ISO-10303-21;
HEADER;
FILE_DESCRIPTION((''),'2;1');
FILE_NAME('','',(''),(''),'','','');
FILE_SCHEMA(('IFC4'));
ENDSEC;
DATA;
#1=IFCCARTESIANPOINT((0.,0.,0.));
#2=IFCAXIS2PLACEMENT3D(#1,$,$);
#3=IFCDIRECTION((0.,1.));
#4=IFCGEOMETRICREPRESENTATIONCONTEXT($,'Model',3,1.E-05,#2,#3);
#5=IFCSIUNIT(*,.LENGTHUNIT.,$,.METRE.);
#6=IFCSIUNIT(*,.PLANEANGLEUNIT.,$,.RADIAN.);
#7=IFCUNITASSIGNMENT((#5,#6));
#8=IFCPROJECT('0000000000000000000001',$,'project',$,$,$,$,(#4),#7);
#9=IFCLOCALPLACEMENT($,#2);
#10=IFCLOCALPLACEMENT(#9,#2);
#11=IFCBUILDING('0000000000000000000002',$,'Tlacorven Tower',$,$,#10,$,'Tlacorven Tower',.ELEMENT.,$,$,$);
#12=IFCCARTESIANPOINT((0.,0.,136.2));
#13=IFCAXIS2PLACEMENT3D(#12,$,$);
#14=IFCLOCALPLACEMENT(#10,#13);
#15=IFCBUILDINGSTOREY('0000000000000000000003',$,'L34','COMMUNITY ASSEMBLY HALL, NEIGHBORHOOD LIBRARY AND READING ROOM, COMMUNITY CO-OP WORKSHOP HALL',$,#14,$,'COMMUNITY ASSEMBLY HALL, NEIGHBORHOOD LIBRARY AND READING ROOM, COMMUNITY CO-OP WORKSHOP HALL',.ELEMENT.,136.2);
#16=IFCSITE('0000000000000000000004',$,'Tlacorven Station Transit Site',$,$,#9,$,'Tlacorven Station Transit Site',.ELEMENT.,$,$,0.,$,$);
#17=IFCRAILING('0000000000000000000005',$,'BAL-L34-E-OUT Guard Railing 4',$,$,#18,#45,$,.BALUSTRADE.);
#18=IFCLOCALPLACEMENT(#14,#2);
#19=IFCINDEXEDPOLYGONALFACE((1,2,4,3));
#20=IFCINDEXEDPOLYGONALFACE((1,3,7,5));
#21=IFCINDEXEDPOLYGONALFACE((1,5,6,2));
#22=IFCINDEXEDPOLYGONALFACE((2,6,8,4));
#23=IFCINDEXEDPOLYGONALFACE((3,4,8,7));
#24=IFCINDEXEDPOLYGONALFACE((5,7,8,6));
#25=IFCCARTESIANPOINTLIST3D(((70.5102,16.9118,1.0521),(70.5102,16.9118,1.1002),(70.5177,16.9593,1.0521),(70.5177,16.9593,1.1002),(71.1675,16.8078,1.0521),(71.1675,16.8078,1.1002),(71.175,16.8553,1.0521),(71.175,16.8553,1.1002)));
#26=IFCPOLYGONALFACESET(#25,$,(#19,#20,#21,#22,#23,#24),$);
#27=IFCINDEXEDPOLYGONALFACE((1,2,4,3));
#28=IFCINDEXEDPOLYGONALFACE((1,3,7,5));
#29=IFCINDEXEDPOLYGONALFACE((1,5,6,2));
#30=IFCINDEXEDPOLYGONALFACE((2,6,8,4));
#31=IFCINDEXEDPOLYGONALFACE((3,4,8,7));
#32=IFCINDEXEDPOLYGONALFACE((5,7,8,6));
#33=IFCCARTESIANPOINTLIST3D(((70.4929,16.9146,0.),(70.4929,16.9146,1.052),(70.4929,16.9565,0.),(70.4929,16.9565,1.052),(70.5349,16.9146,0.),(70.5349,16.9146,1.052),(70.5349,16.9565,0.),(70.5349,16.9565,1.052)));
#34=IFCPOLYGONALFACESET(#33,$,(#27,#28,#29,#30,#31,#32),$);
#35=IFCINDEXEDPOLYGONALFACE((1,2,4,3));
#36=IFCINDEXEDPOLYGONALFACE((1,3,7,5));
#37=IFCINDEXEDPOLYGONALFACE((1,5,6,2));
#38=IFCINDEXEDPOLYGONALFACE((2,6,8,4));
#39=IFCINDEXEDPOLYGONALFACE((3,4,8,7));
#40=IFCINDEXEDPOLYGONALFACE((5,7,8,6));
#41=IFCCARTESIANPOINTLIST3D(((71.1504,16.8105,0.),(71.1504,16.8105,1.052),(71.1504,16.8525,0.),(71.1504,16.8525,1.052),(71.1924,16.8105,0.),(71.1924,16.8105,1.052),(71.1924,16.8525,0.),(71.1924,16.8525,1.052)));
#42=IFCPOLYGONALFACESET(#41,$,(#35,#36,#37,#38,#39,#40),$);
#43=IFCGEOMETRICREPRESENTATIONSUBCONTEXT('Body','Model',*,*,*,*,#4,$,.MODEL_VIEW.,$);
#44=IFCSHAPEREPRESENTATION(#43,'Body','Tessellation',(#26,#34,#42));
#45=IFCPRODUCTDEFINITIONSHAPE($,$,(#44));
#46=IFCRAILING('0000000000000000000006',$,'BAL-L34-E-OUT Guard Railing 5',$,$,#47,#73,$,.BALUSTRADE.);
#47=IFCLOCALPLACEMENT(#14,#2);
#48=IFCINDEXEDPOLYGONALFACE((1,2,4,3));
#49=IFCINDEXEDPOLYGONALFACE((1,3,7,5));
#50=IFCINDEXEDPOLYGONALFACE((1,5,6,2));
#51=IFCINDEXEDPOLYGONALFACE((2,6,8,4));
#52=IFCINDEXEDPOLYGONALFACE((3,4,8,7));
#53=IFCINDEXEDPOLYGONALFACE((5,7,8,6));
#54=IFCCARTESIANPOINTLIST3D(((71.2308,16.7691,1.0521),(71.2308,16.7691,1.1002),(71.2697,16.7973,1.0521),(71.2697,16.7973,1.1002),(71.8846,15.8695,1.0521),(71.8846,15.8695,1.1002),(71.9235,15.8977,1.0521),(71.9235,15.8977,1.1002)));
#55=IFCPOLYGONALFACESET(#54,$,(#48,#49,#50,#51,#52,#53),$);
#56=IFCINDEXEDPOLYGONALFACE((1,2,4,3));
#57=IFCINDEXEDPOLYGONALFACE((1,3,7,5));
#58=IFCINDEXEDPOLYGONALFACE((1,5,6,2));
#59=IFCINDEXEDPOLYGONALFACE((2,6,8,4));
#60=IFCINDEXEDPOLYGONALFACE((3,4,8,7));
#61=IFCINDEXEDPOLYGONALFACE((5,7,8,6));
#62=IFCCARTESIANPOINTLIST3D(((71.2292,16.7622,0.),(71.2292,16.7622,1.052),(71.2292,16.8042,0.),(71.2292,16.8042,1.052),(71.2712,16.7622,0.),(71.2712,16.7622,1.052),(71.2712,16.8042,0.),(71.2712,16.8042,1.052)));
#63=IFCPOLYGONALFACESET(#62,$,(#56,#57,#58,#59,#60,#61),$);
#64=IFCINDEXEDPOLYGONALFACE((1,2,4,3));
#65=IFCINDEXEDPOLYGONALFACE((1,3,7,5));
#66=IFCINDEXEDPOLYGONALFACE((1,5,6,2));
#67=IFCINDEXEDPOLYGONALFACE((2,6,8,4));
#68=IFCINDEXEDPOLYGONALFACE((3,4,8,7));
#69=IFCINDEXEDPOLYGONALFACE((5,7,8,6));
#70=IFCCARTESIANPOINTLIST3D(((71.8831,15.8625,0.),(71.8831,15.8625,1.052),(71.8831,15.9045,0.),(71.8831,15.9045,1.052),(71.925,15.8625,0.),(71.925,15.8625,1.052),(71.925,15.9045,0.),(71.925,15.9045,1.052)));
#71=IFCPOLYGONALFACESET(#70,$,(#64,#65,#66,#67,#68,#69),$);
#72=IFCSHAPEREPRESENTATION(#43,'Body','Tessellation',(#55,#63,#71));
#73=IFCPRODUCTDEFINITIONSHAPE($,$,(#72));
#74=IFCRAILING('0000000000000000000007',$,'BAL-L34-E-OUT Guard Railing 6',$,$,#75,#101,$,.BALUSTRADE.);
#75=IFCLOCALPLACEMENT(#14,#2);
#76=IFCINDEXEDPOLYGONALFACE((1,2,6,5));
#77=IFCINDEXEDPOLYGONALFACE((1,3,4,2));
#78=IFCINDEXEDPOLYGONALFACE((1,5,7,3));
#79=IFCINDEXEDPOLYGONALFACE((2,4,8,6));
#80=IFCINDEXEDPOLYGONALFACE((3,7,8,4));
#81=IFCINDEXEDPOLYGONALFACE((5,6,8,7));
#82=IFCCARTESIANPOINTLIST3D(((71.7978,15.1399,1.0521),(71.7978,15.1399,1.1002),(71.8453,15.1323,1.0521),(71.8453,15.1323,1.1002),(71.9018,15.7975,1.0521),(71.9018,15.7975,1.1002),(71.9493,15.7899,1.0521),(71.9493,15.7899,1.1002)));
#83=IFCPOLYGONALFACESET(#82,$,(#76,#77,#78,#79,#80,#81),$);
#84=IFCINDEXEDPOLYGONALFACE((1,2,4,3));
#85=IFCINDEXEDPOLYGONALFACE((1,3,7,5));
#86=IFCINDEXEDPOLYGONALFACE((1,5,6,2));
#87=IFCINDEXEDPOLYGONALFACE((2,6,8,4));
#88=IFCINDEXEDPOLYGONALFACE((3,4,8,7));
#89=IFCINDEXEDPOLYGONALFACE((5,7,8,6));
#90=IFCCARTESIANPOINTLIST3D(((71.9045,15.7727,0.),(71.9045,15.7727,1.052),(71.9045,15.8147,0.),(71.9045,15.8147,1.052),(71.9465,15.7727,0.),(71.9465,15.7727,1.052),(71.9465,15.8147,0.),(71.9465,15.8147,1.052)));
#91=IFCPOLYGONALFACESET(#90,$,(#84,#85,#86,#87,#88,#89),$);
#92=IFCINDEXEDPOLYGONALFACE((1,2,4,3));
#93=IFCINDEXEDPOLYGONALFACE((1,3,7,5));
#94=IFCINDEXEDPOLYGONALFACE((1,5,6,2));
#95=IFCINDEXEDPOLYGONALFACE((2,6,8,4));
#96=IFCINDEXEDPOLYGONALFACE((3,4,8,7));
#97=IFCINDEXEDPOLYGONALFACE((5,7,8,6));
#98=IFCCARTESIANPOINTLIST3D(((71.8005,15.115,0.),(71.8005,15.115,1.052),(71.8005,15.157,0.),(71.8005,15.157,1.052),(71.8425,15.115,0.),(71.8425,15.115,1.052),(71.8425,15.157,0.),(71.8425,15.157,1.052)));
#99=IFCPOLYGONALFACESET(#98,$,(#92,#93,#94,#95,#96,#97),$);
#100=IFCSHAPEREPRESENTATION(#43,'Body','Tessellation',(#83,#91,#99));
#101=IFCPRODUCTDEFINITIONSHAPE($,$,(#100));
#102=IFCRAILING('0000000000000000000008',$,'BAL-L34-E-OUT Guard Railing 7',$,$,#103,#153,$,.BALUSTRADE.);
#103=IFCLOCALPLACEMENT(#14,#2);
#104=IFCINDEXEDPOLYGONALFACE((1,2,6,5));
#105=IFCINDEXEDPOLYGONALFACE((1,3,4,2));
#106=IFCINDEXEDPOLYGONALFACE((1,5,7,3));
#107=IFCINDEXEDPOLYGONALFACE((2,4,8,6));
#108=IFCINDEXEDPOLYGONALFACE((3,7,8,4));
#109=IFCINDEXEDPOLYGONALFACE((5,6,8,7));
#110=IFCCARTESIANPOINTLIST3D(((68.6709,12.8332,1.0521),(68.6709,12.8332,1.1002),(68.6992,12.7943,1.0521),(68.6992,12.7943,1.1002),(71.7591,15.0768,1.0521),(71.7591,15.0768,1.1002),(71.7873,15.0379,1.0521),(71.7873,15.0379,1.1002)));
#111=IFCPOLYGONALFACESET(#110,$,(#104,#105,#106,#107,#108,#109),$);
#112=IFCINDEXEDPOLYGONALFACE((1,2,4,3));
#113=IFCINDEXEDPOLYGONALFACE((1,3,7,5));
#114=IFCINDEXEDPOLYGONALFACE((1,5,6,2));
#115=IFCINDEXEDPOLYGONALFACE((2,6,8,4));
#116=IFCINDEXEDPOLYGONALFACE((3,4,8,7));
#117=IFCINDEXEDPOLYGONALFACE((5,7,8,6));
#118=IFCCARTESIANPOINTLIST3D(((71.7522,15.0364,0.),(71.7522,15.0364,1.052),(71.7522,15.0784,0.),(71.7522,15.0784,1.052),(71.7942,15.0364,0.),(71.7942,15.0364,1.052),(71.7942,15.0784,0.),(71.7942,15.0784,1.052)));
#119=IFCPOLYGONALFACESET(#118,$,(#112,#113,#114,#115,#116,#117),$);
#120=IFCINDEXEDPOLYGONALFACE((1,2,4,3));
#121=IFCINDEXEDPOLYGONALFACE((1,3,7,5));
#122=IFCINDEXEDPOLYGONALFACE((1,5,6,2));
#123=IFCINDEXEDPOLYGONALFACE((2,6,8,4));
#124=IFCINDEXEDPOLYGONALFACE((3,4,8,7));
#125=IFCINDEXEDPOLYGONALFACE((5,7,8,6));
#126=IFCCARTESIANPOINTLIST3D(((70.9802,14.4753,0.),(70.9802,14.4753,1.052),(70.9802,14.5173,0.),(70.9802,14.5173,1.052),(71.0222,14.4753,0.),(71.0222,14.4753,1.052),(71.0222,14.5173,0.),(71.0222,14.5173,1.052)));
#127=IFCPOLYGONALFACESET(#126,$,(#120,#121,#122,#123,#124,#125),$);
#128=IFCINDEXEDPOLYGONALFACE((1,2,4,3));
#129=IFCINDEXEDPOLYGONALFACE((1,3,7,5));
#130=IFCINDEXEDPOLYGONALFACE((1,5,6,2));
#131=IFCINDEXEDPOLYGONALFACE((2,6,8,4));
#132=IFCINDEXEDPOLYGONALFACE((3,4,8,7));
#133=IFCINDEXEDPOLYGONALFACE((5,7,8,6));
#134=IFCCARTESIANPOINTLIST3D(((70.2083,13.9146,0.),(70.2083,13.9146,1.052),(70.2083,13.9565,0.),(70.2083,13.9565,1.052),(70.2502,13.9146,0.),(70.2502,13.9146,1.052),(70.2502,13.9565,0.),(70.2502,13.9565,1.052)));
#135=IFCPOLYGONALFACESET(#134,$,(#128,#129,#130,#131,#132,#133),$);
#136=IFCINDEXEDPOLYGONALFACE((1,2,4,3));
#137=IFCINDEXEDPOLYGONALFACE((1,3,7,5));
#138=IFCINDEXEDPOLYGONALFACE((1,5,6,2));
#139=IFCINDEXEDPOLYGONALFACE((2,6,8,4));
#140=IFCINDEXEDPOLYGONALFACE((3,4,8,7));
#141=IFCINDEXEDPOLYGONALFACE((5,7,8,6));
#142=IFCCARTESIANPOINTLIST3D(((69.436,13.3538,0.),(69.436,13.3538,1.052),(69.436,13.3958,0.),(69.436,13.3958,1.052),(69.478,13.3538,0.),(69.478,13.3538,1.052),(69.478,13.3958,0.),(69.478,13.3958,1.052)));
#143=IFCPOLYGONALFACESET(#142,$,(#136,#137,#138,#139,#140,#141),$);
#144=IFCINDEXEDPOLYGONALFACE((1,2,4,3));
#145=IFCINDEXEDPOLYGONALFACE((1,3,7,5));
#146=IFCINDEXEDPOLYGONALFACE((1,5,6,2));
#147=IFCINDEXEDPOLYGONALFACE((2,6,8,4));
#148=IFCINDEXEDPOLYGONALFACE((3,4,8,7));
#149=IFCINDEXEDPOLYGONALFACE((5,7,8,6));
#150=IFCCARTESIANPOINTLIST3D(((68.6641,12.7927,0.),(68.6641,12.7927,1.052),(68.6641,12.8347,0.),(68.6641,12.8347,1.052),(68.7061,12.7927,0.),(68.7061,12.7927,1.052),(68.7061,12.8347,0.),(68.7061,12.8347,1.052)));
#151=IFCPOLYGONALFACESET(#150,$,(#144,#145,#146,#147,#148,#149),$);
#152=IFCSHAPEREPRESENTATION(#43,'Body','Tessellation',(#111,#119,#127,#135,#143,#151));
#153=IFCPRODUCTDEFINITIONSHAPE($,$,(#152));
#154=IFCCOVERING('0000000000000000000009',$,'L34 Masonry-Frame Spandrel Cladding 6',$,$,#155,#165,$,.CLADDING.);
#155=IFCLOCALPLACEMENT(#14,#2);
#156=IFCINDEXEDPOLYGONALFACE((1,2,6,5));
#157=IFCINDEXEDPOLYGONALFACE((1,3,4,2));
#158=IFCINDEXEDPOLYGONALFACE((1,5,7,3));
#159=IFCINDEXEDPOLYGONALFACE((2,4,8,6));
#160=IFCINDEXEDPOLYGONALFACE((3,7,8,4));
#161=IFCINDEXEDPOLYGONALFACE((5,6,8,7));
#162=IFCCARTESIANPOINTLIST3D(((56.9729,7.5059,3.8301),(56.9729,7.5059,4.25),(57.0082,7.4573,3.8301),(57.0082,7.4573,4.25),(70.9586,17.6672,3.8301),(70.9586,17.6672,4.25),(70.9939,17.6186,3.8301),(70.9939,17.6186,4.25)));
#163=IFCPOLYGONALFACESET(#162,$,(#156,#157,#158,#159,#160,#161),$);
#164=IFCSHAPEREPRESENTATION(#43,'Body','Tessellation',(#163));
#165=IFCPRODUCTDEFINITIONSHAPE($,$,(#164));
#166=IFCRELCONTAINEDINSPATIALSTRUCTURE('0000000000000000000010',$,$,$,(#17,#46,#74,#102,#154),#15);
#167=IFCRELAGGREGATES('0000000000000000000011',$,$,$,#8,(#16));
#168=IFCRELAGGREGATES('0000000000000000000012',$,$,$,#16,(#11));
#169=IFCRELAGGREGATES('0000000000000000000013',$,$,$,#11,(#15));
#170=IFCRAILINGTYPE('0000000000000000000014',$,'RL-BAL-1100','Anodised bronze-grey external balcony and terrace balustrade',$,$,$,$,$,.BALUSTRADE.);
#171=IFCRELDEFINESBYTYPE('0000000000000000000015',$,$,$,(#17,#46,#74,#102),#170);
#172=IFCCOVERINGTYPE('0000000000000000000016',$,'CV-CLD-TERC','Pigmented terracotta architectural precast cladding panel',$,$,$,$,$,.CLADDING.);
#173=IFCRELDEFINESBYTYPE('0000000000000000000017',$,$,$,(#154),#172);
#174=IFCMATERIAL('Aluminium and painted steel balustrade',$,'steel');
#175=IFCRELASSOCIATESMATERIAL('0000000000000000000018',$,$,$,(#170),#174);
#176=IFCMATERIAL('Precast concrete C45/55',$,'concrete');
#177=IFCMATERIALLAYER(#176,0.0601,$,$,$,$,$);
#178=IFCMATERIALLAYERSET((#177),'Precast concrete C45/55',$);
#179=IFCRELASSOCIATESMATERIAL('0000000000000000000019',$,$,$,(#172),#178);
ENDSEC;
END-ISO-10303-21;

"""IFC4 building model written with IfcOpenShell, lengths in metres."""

from ifc_helpers import new_model, si_unit, direction, frame, origin, origin_2d, place, context, subcontext, project, spatial, rectangle, extrude, source, transform, mapped, material, layer, layer_set, type_object, element, save


model = new_model("IFC4")

# Units and contexts
model_context = context("Model", 3, precision=1e-05, world=origin(), true_north=direction((0.0, 1.0)))
body_context = subcontext(model_context, "Body", "Model", "MODEL_VIEW")
ifc_project = project(units=[si_unit("LENGTHUNIT", "METRE"), si_unit("PLANEANGLEUNIT", "RADIAN")], contexts=[model_context])

# Site, building, storey
site_placement = place(None, origin())
site = spatial("IfcSite", under=ifc_project, at=site_placement, Name="Tlacorven Station Transit Site", LongName="Tlacorven Station Transit Site", CompositionType="ELEMENT", RefElevation=0.0)
building_placement = place(site_placement, origin())
building = spatial("IfcBuilding", under=site, at=building_placement, Name="Tlacorven Tower", LongName="Tlacorven Tower", CompositionType="ELEMENT")
storey_placement = place(building_placement, frame((0.0, 0.0, 136.2)))
storey = spatial("IfcBuildingStorey", under=building, at=storey_placement, Name="L34", Description="COMMUNITY ASSEMBLY HALL, NEIGHBORHOOD LIBRARY AND READING ROOM, COMMUNITY CO-OP WORKSHOP HALL", LongName="COMMUNITY ASSEMBLY HALL, NEIGHBORHOOD LIBRARY AND READING ROOM, COMMUNITY CO-OP WORKSHOP HALL", CompositionType="ELEMENT", Elevation=136.2)

# Shared definitions
ifc_material_1 = material(Name="Precast concrete C45/55", Category="concrete")

# Railings
ifc_material_2 = material(Name="Aluminium and painted steel balustrade", Category="steel")
railing_type_1 = type_object("IfcRailingType", Name="RL-BAL-1100", Description="Anodised bronze-grey external balcony and terrace balustrade", PredefinedType="BALUSTRADE", material=ifc_material_2)
shared_shape_1 = source(origin(), body_context, "Body", "SweptSolid", [
    extrude(rectangle(XDim=0.0481, YDim=0.0481, at=origin_2d()), frame((0.0, 0.0, 1.0762), z_axis=(0.987718, -0.156245, 0.0), x_axis=(0.156245, 0.987718, 0.0)), (0.0, 0.0, 1.0), 0.6655),
    extrude(rectangle(XDim=0.042, YDim=0.042, at=origin_2d()), origin(), (0.0, 0.0, 1.0), 1.052),
    extrude(rectangle(XDim=0.042, YDim=0.042, at=origin_2d()), frame((0.6575, -0.104, 0.0)), (0.0, 0.0, 1.0), 1.052),
])
railing_1_placement = place(storey_placement, frame((70.5139, 16.9355, 0.0)))
element("IfcRailing", 1, at=railing_1_placement, inside=storey, type_object=railing_type_1, Name="BAL-L34-E-OUT Guard Railing 4", PredefinedType="BALUSTRADE", context=body_context, shape_type="MappedRepresentation", body=[
    mapped(shared_shape_1, transform((0.0, 0.0, 0.0), scale=1.0)),
])
shared_shape_2 = source(origin(), body_context, "Body", "SweptSolid", [
    extrude(rectangle(XDim=0.0481, YDim=0.0481, at=origin_2d()), frame((0.0, 0.0, 1.0762), z_axis=(0.587884, -0.808945, 0.0), x_axis=(0.808945, 0.587884, 0.0)), (0.0, 0.0, 1.0), 1.1121),
    extrude(rectangle(XDim=0.042, YDim=0.042, at=origin_2d()), origin(), (0.0, 0.0, 1.0), 1.052),
    extrude(rectangle(XDim=0.042, YDim=0.042, at=origin_2d()), frame((0.6538, -0.8997, 0.0)), (0.0, 0.0, 1.0), 1.052),
])
railing_2_placement = place(storey_placement, frame((71.2502, 16.7832, 0.0)))
element("IfcRailing", 2, at=railing_2_placement, inside=storey, type_object=railing_type_1, Name="BAL-L34-E-OUT Guard Railing 5", PredefinedType="BALUSTRADE", context=body_context, shape_type="MappedRepresentation", body=[
    mapped(shared_shape_2, transform((0.0, 0.0, 0.0), scale=1.0)),
])
shared_shape_3 = source(origin(), body_context, "Body", "SweptSolid", [
    extrude(rectangle(XDim=0.0481, YDim=0.0481, at=origin_2d()), frame((0.0, 0.0, 1.0762), z_axis=(-0.156188, -0.987727, 0.0), x_axis=(0.987727, -0.156188, 0.0)), (0.0, 0.0, 1.0), 0.6658),
    extrude(rectangle(XDim=0.042, YDim=0.042, at=origin_2d()), origin(), (0.0, 0.0, 1.0), 1.052),
    extrude(rectangle(XDim=0.042, YDim=0.042, at=origin_2d()), frame((-0.104, -0.6577, 0.0)), (0.0, 0.0, 1.0), 1.052),
])
railing_3_placement = place(storey_placement, frame((71.9255, 15.7937, 0.0)))
element("IfcRailing", 3, at=railing_3_placement, inside=storey, type_object=railing_type_1, Name="BAL-L34-E-OUT Guard Railing 6", PredefinedType="BALUSTRADE", context=body_context, shape_type="MappedRepresentation", body=[
    mapped(shared_shape_3, transform((0.0, 0.0, 0.0), scale=1.0)),
])
shared_shape_4 = source(origin(), body_context, "Body", "SweptSolid", [
    extrude(rectangle(XDim=0.0481, YDim=0.0481, at=origin_2d()), frame((0.0, 0.0, 1.0762), z_axis=(-0.809018, -0.587784, 0.0), x_axis=(0.587784, -0.809018, 0.0)), (0.0, 0.0, 1.0), 3.8171),
    extrude(rectangle(XDim=0.042, YDim=0.042, at=origin_2d()), origin(), (0.0, 0.0, 1.0), 1.052),
    extrude(rectangle(XDim=0.042, YDim=0.042, at=origin_2d()), frame((-0.772, -0.561, 0.0)), (0.0, 0.0, 1.0), 1.052),
    extrude(rectangle(XDim=0.042, YDim=0.042, at=origin_2d()), frame((-1.5439, -1.1218, 0.0)), (0.0, 0.0, 1.0), 1.052),
    extrude(rectangle(XDim=0.042, YDim=0.042, at=origin_2d()), frame((-2.3162, -1.6826, 0.0)), (0.0, 0.0, 1.0), 1.052),
    extrude(rectangle(XDim=0.042, YDim=0.042, at=origin_2d()), frame((-3.0881, -2.2437, 0.0)), (0.0, 0.0, 1.0), 1.052),
])
railing_4_placement = place(storey_placement, frame((71.7732, 15.0574, 0.0)))
element("IfcRailing", 4, at=railing_4_placement, inside=storey, type_object=railing_type_1, Name="BAL-L34-E-OUT Guard Railing 7", PredefinedType="BALUSTRADE", context=body_context, shape_type="MappedRepresentation", body=[
    mapped(shared_shape_4, transform((0.0, 0.0, 0.0), scale=1.0)),
])

# Covering
ifc_layer_1 = layer(ifc_material_1, 0.0601)
ifc_layer_set_1 = layer_set([ifc_layer_1], Name="Precast concrete C45/55")
covering_type = type_object("IfcCoveringType", Name="CV-CLD-TERC", Description="Pigmented terracotta architectural precast cladding panel", PredefinedType="CLADDING", material=ifc_layer_set_1)
shared_shape_5 = source(origin(), body_context, "Body", "SweptSolid", [
    extrude(rectangle(XDim=17.2874, YDim=0.0601, at=origin_2d()), origin(), (0.0, 0.0, 1.0), 0.4199),
])
covering_placement = place(storey_placement, frame((63.9834, 12.5623, 3.8301), z_axis=(0.0, 0.0, 1.0), x_axis=(-0.809017, -0.587785, 0.0)))
element("IfcCovering", 5, at=covering_placement, inside=storey, type_object=covering_type, Name="L34 Masonry-Frame Spandrel Cladding 6", PredefinedType="CLADDING", context=body_context, shape_type="MappedRepresentation", body=[
    mapped(shared_shape_5, transform((0.0, 0.0, 0.0), scale=1.0)),
])

save(model, "model.ifc")
